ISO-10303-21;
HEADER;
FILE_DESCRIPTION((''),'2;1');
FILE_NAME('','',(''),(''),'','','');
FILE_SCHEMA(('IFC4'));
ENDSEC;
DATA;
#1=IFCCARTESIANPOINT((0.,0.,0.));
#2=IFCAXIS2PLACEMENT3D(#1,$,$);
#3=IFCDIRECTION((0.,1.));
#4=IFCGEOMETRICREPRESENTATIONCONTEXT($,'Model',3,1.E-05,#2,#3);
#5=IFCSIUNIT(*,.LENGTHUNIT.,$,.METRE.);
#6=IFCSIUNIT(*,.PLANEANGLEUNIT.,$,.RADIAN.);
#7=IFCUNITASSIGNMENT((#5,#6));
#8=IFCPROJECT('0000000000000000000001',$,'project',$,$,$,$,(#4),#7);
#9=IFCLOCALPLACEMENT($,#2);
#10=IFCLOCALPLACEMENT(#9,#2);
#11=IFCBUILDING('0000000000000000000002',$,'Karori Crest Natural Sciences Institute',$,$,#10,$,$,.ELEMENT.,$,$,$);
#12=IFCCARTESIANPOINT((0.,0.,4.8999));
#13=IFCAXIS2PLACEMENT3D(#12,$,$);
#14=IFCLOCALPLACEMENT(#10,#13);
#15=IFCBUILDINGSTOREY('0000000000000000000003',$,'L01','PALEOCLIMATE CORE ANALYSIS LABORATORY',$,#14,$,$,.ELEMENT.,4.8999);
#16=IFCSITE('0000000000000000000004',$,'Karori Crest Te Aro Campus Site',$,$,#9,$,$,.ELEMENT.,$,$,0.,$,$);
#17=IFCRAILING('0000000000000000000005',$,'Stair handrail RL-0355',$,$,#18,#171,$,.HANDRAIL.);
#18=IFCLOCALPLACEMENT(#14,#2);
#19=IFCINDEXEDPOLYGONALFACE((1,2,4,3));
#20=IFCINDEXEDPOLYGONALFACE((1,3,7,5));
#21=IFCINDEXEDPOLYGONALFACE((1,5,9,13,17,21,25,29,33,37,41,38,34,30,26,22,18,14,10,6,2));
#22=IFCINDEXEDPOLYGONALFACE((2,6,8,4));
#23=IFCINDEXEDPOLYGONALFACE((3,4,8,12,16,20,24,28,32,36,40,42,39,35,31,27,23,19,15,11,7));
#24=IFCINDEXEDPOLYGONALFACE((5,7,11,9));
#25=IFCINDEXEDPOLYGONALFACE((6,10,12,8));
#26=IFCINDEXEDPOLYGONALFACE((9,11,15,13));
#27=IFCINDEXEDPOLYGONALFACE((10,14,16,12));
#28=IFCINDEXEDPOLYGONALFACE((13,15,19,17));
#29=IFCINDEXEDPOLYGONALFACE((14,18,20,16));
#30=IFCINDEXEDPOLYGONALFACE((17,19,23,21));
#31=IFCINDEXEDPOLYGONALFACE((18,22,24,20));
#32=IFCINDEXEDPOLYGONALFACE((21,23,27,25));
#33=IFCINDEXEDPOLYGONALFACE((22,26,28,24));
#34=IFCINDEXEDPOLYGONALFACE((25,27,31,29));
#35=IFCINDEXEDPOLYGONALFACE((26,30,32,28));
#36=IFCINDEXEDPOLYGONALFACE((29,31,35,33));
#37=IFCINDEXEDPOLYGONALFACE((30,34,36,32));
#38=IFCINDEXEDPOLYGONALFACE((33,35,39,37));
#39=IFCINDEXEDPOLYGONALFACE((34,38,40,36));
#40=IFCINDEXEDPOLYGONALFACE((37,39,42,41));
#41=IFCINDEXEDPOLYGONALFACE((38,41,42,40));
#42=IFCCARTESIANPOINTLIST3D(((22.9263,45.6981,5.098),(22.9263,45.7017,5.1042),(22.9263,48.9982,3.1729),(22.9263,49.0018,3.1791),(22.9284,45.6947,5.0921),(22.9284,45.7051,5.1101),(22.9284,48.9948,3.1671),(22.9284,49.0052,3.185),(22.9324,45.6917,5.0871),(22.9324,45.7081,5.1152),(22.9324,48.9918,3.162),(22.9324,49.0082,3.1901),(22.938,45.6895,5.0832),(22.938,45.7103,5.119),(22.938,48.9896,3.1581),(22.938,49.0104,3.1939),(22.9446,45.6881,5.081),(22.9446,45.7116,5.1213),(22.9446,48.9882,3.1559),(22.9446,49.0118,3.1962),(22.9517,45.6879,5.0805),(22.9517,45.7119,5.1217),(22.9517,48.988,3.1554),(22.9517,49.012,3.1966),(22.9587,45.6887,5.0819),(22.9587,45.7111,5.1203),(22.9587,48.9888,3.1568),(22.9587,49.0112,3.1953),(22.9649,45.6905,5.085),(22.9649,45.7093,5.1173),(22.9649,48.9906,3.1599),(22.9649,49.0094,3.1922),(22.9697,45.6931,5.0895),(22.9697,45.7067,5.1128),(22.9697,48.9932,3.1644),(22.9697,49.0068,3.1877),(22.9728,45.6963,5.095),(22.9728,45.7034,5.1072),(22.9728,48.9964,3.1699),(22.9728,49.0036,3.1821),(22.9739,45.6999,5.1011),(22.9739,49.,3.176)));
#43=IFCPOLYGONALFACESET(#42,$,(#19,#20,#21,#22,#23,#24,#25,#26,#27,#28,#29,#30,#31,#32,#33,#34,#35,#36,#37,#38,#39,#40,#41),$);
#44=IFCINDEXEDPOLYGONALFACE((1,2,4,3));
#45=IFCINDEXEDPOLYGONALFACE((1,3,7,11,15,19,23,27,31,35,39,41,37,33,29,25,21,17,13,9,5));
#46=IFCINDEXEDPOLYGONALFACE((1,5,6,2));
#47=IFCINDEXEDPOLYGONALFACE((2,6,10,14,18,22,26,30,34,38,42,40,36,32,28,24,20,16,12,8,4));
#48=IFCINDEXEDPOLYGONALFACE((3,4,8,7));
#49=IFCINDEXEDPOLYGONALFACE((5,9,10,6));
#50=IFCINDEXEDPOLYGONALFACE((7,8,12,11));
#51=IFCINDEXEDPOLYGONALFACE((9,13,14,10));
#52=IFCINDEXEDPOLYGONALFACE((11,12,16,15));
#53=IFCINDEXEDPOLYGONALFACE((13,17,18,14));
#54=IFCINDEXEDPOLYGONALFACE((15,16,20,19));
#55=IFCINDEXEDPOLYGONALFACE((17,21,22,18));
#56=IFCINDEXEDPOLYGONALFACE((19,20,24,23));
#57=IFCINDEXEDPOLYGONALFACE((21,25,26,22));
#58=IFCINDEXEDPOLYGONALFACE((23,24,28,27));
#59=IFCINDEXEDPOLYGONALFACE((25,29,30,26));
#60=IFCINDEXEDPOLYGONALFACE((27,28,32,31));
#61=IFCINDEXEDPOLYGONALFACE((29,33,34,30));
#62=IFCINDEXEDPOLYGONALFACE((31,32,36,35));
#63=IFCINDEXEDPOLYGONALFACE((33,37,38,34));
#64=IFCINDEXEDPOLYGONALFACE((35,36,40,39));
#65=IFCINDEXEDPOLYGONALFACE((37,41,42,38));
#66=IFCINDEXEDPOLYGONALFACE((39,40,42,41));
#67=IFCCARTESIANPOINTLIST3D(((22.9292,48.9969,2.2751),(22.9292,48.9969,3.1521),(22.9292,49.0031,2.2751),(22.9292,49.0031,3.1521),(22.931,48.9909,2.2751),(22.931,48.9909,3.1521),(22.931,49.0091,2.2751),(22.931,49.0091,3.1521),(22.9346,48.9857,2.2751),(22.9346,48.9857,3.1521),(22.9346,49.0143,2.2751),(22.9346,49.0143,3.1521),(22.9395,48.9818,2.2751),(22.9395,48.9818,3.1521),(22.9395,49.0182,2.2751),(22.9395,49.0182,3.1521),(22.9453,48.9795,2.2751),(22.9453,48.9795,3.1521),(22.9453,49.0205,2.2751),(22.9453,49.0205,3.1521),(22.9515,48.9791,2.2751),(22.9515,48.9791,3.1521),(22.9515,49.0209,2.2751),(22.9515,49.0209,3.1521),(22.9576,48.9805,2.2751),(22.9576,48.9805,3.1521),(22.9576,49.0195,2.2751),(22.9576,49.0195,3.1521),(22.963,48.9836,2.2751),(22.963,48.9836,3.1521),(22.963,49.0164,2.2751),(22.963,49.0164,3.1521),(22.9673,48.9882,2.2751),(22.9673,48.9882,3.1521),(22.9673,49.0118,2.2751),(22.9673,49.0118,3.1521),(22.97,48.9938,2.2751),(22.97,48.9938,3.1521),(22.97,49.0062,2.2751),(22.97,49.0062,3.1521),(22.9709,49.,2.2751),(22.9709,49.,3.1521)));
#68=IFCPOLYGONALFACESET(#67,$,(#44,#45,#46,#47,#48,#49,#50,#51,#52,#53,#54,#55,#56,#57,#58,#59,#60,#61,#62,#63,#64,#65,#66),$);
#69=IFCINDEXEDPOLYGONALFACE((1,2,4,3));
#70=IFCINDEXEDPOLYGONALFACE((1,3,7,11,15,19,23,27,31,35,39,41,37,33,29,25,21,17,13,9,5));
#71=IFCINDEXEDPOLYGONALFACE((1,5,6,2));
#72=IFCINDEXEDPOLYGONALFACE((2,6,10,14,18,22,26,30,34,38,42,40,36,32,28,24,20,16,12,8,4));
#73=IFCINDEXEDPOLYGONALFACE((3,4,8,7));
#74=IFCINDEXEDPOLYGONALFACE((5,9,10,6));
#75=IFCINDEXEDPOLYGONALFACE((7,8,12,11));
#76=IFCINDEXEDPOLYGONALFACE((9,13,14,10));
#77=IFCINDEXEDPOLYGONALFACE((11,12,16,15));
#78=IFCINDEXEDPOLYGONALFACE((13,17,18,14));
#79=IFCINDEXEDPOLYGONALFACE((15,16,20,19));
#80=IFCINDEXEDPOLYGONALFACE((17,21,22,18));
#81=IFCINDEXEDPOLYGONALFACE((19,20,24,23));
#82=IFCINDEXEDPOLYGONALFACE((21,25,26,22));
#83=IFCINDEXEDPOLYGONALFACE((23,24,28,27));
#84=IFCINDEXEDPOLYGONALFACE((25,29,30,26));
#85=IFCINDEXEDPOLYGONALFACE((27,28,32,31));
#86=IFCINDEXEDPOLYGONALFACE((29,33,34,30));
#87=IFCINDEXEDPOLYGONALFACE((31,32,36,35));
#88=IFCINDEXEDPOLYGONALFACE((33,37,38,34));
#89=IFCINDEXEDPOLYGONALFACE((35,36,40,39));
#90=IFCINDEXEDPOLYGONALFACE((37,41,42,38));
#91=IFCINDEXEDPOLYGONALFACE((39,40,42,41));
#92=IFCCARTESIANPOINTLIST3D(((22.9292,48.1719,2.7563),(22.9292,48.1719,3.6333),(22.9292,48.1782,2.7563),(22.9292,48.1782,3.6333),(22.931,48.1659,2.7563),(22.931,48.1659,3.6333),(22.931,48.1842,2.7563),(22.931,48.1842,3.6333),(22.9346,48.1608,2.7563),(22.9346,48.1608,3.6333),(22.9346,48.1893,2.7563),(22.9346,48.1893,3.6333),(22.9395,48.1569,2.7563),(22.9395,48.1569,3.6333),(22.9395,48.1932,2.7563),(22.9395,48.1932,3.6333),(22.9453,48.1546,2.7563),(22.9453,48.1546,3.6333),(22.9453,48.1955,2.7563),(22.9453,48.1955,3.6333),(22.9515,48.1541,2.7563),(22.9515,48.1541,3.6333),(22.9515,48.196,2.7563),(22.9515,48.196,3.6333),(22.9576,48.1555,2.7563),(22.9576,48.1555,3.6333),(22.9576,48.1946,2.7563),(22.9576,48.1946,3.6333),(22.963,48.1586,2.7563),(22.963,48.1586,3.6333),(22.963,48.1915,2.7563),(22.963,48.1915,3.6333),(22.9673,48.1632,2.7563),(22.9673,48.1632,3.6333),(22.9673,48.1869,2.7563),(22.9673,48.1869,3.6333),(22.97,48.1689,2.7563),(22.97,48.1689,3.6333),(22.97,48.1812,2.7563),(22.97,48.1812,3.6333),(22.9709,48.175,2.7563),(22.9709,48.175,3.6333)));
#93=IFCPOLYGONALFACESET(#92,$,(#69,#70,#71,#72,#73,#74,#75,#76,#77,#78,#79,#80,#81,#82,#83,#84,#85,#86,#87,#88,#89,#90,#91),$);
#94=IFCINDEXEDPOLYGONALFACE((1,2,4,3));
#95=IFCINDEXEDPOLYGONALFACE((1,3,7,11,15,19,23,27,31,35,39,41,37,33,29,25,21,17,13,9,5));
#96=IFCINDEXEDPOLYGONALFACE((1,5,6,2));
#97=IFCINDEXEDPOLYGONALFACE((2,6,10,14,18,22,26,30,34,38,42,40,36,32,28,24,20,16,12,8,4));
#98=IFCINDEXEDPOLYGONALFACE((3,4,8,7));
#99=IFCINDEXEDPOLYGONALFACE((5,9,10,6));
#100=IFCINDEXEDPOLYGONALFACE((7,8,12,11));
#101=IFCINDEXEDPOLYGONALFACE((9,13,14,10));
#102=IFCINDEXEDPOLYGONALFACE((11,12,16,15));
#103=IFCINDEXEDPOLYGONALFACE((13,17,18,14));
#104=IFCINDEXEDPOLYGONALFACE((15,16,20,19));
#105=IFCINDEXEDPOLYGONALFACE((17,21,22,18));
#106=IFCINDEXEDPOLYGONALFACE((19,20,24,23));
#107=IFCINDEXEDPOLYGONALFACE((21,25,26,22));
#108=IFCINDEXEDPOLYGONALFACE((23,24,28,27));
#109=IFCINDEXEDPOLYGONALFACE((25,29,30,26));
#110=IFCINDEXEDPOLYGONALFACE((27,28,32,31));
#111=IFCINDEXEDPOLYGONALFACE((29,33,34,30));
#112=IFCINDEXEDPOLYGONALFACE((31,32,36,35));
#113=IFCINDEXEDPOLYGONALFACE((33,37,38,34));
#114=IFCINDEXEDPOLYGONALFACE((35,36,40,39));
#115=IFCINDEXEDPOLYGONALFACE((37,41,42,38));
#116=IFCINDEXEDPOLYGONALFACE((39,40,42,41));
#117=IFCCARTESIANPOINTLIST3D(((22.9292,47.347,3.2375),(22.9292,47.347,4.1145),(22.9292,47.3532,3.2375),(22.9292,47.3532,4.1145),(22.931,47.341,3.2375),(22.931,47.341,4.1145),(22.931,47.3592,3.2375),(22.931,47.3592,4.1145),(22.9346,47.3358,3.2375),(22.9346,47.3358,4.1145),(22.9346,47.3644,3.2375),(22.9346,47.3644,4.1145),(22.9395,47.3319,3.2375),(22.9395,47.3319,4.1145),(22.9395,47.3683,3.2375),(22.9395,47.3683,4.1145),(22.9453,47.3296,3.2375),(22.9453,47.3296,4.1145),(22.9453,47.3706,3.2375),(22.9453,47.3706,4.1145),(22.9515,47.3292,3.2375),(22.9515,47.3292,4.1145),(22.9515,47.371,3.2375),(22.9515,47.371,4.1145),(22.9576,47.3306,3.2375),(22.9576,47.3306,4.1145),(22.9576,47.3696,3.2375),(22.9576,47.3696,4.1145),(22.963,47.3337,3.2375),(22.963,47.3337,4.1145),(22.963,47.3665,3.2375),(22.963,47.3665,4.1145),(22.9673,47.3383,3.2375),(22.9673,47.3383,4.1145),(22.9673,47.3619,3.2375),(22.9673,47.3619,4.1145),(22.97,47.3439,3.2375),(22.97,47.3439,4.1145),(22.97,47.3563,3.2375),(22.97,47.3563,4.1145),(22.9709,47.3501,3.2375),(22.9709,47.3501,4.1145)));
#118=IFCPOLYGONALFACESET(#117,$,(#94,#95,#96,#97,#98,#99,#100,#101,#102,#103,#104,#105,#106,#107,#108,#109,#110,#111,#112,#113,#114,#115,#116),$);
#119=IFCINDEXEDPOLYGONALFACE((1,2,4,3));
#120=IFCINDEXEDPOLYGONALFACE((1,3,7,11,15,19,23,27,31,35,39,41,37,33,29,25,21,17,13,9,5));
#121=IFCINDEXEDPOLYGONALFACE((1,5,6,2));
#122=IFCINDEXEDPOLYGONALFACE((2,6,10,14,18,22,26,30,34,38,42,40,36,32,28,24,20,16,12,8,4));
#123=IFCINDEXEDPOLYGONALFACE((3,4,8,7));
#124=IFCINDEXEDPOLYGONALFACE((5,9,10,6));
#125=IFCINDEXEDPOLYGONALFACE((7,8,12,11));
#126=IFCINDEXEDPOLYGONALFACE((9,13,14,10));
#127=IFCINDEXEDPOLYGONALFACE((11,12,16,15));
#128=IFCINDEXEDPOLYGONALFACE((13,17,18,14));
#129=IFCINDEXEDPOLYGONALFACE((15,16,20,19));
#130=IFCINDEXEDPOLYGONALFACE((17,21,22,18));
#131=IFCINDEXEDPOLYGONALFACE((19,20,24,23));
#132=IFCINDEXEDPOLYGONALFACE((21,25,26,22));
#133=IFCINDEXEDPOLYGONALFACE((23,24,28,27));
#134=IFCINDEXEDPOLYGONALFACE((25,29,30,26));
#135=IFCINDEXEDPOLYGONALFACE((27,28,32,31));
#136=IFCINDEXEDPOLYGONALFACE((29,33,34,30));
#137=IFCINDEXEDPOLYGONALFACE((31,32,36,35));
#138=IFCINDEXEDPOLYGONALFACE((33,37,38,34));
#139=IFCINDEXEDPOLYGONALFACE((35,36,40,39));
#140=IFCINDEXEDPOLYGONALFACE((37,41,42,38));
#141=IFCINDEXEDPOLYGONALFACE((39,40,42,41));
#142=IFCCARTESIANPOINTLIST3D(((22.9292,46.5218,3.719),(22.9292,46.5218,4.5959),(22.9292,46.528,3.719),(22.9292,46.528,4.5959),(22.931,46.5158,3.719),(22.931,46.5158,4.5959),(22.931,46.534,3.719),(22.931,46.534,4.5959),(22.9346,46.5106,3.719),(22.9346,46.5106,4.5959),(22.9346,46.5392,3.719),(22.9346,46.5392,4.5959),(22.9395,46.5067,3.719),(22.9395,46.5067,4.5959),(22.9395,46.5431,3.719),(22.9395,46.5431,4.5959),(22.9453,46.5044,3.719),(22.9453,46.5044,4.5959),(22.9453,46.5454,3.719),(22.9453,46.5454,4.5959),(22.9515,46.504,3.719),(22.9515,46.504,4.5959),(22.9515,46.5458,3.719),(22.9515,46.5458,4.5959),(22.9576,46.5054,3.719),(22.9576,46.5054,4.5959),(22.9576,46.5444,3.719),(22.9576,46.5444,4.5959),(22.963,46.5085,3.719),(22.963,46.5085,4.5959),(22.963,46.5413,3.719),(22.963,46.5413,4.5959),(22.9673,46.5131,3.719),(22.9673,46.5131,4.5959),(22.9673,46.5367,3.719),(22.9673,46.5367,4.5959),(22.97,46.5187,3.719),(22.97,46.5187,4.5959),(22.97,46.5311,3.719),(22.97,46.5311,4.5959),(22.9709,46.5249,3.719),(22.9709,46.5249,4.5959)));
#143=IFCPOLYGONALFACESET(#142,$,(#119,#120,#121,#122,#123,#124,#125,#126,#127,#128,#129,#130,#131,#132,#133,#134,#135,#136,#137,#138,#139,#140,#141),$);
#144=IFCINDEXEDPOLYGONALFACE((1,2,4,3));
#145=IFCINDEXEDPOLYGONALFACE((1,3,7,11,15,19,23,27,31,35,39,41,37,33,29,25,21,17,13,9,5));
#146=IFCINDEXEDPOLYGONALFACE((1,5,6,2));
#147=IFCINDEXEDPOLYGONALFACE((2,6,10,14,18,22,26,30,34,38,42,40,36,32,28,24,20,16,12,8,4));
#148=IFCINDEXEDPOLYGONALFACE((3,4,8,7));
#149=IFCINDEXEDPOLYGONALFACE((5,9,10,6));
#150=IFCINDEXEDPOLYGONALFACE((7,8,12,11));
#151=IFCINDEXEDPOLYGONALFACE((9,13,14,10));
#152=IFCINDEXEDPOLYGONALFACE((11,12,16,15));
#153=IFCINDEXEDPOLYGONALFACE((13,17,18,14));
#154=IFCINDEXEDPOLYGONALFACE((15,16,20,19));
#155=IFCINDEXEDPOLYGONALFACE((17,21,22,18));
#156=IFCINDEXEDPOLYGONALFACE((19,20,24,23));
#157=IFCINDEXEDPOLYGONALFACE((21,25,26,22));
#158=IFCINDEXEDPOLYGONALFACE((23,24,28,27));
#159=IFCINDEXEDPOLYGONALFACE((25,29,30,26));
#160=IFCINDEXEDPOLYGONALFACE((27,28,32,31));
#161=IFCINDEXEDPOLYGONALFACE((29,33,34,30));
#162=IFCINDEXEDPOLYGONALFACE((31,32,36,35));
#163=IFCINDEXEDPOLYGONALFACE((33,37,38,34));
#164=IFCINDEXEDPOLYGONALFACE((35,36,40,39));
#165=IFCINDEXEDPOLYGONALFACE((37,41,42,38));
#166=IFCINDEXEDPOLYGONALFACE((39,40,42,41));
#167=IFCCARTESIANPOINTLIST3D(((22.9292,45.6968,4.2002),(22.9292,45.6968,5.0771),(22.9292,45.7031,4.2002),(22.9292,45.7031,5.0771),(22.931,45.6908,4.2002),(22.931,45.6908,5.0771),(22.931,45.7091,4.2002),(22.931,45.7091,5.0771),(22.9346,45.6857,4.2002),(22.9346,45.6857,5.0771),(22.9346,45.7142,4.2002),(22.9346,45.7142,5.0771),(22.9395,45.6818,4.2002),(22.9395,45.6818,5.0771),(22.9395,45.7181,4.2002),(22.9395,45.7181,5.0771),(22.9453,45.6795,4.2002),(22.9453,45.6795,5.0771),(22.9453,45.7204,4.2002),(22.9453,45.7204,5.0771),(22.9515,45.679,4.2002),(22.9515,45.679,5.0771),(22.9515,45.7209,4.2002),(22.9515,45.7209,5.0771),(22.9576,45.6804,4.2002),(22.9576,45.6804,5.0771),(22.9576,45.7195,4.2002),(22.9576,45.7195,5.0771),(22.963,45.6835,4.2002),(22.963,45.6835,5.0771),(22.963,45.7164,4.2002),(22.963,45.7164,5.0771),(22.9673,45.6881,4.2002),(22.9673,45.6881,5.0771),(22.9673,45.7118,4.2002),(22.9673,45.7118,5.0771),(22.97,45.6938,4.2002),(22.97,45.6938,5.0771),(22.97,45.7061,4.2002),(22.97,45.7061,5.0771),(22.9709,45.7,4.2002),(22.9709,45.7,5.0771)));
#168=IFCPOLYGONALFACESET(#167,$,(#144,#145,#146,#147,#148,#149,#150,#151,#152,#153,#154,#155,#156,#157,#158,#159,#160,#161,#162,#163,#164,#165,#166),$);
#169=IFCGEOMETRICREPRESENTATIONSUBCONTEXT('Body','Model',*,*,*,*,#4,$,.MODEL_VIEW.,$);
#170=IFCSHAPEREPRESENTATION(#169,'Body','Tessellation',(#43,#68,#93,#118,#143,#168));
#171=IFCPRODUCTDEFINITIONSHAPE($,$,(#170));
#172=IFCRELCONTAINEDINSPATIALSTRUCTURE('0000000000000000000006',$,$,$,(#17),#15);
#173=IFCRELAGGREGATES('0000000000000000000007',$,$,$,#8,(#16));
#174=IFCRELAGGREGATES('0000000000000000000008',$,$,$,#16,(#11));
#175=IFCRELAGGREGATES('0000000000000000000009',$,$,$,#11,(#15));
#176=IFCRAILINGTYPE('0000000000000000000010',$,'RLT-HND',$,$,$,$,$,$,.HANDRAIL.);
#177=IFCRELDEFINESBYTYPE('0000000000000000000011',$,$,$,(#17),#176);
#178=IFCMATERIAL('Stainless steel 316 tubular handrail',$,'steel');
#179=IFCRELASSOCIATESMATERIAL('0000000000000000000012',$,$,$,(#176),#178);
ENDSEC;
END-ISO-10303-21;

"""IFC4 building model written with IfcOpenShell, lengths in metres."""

from ifc_helpers import new_model, si_unit, direction, frame, origin, origin_2d, place, context, subcontext, project, spatial, circle, extrude, material, type_object, element, save


model = new_model("IFC4")

# Units and contexts
model_context = context("Model", 3, precision=1e-05, world=origin(), true_north=direction((0.0, 1.0)))
body_context = subcontext(model_context, "Body", "Model", "MODEL_VIEW")
ifc_project = project(units=[si_unit("LENGTHUNIT", "METRE"), si_unit("PLANEANGLEUNIT", "RADIAN")], contexts=[model_context])

# Site, building, storey
site_placement = place(None, origin())
site = spatial("IfcSite", under=ifc_project, at=site_placement, Name="Karori Crest Te Aro Campus Site", CompositionType="ELEMENT", RefElevation=0.0)
building_placement = place(site_placement, origin())
building = spatial("IfcBuilding", under=site, at=building_placement, Name="Karori Crest Natural Sciences Institute", CompositionType="ELEMENT")
storey_placement = place(building_placement, frame((0.0, 0.0, 4.8999)))
storey = spatial("IfcBuildingStorey", under=building, at=storey_placement, Name="L01", Description="PALEOCLIMATE CORE ANALYSIS LABORATORY", CompositionType="ELEMENT", Elevation=4.8999)

# Railing
ifc_material_1 = material(Name="Stainless steel 316 tubular handrail", Category="steel")
railing_type_1 = type_object("IfcRailingType", Name="RLT-HND", PredefinedType="HANDRAIL", material=ifc_material_1)
railing_1_placement = place(storey_placement, frame((22.95, 49.0, 2.2751)))
element("IfcRailing", 1, at=railing_1_placement, inside=storey, type_object=railing_type_1, Name="Stair handrail RL-0355", PredefinedType="HANDRAIL", context=body_context, shape_type="SweptSolid", body=[
    extrude(circle(Radius=0.0239, at=origin_2d()), frame((0.0, 0.0, 0.9009), z_axis=(0.0, -0.863777, 0.503875), x_axis=(1.0, 0.0, 0.0)), (0.0, 0.0, 1.0), 3.8206),
    extrude(circle(Radius=0.021, at=origin_2d()), origin(), (0.0, 0.0, 1.0), 0.877),
    extrude(circle(Radius=0.021, at=origin_2d()), frame((0.0, -0.825, 0.4812)), (0.0, 0.0, 1.0), 0.877),
    extrude(circle(Radius=0.021, at=origin_2d()), frame((0.0, -1.6499, 0.9624)), (0.0, 0.0, 1.0), 0.877),
    extrude(circle(Radius=0.021, at=origin_2d()), frame((0.0, -2.4751, 1.4438)), (0.0, 0.0, 1.0), 0.877),
    extrude(circle(Radius=0.021, at=origin_2d()), frame((0.0, -3.3, 1.925)), (0.0, 0.0, 1.0), 0.877),
])

save(model, "model.ifc")
